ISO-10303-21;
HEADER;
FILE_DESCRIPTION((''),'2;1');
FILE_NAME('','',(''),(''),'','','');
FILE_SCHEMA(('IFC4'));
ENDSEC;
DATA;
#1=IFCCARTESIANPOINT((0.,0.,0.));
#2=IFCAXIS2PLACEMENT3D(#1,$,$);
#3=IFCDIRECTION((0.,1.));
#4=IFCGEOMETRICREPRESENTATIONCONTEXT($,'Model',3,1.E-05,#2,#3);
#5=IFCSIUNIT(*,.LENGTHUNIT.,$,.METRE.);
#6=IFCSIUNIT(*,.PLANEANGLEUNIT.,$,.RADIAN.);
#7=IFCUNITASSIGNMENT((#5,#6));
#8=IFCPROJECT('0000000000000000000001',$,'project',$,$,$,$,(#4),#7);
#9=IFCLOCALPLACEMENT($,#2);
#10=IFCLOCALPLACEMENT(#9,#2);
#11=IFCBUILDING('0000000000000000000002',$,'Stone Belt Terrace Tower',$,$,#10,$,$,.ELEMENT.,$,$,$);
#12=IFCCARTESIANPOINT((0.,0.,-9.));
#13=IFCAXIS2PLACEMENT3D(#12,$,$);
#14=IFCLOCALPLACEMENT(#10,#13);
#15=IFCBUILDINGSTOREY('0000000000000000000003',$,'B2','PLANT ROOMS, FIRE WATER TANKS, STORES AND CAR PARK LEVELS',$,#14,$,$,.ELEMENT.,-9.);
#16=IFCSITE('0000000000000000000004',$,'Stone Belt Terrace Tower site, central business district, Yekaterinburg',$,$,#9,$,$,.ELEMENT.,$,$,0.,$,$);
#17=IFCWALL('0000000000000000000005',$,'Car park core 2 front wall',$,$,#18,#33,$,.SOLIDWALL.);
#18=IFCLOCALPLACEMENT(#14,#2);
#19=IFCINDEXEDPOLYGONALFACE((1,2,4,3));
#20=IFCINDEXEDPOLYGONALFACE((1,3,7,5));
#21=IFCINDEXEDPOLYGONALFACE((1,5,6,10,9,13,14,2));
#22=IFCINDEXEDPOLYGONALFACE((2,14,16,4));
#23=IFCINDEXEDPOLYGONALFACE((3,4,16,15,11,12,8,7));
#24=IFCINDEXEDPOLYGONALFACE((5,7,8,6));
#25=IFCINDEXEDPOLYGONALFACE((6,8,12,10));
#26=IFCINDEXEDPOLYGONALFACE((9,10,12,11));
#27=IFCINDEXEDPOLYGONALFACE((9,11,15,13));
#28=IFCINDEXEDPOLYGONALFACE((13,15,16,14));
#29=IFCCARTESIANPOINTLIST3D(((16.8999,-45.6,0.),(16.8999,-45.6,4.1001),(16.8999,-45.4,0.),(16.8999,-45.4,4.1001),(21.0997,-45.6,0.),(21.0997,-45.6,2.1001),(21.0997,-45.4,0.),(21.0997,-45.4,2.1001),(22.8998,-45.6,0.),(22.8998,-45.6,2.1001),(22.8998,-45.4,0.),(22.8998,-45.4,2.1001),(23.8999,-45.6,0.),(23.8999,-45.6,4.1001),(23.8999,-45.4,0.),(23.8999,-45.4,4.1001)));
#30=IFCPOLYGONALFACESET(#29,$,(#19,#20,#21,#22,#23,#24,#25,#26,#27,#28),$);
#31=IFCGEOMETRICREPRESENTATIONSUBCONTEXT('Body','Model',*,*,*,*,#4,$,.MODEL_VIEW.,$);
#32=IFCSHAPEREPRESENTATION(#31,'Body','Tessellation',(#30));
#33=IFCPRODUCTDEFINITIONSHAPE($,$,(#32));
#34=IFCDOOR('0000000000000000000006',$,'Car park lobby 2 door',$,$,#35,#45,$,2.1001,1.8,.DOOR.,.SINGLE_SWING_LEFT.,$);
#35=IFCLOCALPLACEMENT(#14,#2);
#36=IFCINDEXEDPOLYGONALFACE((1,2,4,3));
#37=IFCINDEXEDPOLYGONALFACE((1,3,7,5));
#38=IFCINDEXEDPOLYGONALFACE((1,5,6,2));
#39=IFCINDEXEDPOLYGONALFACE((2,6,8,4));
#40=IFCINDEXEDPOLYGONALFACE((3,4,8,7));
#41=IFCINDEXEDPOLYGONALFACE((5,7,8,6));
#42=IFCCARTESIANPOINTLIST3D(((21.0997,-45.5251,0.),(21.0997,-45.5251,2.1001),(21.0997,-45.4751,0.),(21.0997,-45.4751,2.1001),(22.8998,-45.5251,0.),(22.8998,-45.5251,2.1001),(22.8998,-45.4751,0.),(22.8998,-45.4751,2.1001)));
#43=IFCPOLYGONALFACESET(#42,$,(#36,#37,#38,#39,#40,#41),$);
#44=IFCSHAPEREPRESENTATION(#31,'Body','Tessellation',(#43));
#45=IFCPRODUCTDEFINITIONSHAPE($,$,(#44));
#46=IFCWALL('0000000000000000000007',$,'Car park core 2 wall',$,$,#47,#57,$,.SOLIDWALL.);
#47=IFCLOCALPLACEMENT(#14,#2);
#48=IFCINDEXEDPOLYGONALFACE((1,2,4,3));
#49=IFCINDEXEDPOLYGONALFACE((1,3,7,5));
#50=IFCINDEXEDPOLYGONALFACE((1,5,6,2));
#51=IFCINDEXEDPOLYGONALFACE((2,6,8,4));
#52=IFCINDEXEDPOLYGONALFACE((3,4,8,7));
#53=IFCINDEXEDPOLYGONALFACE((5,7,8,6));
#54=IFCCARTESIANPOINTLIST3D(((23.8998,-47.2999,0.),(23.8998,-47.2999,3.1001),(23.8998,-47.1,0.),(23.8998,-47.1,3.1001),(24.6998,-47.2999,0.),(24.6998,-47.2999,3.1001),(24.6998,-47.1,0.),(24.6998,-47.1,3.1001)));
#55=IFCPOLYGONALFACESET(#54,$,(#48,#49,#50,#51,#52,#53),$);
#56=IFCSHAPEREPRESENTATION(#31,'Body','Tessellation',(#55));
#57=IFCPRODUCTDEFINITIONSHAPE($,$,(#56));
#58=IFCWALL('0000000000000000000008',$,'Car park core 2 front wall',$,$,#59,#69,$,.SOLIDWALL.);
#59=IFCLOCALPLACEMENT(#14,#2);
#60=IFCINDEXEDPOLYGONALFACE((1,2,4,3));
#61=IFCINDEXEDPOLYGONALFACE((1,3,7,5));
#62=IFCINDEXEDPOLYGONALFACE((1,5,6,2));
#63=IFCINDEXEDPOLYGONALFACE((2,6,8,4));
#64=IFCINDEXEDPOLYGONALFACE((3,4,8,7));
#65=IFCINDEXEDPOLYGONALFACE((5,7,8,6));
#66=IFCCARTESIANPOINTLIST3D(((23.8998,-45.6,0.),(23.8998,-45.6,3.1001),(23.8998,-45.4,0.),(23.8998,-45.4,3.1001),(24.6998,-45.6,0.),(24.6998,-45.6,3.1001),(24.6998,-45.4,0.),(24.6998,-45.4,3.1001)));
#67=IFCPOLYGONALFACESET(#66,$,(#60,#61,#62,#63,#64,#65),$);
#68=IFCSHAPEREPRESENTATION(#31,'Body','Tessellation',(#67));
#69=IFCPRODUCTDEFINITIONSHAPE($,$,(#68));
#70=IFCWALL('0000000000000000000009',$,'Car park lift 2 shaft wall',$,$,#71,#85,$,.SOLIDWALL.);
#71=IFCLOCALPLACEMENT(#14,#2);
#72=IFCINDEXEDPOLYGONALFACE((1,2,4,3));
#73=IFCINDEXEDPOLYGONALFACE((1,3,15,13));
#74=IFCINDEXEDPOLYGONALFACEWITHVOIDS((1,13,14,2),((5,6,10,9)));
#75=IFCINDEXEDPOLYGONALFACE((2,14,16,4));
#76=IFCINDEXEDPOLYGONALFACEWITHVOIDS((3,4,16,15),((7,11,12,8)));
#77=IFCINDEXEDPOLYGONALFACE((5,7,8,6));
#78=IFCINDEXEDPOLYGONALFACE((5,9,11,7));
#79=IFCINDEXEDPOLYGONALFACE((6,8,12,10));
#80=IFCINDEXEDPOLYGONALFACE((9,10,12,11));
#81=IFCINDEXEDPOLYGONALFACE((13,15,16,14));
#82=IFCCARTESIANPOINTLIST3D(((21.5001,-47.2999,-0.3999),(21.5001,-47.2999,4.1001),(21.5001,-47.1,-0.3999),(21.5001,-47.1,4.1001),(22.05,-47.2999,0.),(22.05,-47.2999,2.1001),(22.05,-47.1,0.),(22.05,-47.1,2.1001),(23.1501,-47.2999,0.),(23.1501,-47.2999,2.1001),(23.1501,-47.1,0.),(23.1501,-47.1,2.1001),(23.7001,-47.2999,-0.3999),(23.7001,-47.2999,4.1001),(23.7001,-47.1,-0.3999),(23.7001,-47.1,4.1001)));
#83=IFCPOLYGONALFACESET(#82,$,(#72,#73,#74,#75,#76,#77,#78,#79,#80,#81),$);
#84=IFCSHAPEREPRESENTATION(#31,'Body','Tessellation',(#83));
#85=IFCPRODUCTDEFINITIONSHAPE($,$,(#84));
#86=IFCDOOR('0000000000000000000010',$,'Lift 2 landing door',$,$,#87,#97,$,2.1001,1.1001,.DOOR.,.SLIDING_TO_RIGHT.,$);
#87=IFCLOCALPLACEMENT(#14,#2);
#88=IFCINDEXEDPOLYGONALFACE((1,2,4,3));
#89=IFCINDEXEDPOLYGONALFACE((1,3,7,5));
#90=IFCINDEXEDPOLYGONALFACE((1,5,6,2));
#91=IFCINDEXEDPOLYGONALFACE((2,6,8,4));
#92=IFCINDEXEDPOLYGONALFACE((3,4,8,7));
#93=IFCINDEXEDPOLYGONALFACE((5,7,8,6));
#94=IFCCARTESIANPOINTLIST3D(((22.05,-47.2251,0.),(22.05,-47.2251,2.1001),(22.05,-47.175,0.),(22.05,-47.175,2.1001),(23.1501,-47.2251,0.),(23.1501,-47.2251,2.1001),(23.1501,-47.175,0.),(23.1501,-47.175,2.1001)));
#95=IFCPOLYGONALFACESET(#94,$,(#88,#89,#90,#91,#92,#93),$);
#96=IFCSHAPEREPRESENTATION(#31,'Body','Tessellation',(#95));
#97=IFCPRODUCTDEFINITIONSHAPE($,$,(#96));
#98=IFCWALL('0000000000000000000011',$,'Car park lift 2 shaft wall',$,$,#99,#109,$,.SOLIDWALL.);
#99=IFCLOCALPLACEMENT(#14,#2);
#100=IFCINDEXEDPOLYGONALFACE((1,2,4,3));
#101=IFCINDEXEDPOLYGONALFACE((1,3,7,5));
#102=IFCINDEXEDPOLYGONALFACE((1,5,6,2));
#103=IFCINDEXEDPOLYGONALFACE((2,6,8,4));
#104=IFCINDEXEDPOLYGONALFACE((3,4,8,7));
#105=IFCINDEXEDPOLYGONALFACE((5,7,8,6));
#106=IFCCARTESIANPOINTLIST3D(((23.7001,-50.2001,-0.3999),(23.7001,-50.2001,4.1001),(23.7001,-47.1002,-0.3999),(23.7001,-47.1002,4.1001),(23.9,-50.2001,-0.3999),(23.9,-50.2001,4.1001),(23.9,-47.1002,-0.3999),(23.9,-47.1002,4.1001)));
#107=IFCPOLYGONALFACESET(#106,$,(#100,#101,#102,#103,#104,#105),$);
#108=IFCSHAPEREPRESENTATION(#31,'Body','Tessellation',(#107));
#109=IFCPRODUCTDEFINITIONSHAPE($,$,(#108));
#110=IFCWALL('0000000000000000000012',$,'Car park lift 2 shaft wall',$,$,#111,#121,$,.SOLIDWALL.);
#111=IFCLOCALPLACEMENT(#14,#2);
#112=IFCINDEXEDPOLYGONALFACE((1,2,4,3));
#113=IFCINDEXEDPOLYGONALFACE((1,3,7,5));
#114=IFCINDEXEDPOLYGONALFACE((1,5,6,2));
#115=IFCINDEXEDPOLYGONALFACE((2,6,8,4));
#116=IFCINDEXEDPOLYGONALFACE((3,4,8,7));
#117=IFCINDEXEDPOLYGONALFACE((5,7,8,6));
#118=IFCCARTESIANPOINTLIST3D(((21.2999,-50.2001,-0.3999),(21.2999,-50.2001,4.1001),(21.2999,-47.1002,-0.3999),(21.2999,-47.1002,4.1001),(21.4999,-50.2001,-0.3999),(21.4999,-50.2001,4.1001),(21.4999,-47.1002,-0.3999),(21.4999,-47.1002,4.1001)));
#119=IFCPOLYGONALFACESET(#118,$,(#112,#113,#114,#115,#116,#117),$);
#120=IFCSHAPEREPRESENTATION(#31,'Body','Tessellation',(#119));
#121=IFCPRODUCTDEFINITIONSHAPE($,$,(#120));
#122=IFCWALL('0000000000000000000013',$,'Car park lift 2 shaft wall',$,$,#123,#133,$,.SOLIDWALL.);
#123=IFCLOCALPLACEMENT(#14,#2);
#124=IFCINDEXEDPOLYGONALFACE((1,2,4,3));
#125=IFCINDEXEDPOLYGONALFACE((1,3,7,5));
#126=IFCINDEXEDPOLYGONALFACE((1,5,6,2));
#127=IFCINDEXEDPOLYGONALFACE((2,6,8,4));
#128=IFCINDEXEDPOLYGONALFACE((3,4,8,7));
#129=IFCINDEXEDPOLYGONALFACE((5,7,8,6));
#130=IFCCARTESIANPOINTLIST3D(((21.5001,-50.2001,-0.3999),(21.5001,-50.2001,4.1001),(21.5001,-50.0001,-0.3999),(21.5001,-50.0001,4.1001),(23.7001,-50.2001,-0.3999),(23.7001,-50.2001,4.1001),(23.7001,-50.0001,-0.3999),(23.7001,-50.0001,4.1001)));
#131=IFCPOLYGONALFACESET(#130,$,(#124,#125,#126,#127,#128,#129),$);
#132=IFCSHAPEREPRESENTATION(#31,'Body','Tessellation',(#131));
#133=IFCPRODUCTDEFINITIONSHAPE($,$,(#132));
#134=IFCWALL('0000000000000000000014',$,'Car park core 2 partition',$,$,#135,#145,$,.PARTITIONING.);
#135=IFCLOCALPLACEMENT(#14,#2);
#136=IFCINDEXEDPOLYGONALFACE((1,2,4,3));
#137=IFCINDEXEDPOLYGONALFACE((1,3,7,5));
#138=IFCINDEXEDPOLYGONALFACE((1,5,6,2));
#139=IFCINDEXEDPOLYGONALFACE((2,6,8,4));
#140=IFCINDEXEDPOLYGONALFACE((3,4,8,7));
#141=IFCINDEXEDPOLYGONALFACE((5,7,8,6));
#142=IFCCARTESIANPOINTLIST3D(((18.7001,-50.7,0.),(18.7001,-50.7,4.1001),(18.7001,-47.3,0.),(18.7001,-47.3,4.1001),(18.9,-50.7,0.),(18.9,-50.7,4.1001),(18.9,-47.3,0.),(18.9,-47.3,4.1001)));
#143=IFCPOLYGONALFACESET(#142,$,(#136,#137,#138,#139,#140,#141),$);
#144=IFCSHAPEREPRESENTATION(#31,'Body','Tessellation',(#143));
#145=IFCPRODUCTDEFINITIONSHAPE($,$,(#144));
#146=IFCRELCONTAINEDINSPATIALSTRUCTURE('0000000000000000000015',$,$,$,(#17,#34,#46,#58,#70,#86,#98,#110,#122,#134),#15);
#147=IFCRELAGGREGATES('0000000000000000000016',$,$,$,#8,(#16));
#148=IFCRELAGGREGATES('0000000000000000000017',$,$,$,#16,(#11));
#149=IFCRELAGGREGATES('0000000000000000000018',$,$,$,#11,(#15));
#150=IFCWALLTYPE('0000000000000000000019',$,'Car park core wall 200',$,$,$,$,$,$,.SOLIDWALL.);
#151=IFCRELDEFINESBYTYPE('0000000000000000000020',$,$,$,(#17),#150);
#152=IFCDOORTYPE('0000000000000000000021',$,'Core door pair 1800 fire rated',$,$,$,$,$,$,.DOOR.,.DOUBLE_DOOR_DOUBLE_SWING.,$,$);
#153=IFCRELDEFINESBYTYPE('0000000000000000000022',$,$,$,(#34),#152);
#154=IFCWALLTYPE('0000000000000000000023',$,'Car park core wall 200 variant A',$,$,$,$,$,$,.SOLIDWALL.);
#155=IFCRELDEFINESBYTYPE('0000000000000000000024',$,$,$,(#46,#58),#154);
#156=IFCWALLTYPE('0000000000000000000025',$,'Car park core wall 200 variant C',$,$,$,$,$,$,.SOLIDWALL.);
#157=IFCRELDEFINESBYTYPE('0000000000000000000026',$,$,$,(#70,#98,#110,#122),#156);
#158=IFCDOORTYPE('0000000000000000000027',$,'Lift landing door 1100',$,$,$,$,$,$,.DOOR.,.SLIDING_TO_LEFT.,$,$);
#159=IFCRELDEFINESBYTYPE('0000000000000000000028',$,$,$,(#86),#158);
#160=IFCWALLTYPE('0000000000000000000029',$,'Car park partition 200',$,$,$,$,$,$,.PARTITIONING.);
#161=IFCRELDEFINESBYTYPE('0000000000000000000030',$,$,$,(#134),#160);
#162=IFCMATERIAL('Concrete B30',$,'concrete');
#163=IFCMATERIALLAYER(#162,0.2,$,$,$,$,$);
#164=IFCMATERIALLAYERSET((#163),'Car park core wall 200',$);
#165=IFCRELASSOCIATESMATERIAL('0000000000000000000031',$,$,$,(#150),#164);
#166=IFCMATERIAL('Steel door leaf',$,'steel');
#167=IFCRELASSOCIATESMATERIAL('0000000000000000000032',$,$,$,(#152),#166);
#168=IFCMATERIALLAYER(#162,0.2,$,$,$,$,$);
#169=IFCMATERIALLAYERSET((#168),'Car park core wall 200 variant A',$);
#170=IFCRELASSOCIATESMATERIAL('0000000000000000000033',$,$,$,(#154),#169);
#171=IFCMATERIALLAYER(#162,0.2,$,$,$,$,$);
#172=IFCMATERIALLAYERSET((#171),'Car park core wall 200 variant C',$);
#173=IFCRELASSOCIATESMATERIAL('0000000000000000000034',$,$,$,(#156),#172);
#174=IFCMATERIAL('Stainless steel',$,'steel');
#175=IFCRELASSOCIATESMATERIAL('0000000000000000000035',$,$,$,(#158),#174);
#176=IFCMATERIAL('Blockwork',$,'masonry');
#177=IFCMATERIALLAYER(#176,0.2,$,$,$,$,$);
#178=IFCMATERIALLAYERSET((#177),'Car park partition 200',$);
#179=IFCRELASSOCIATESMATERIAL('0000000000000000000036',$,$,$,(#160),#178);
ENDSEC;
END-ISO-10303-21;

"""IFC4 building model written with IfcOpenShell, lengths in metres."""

from ifc_helpers import new_model, si_unit, direction, frame, frame_2d, origin, place, context, subcontext, project, spatial, rectangle, extrude, material, layer, layer_set, type_object, element, fill, save


model = new_model("IFC4")

# Units and contexts
model_context = context("Model", 3, precision=1e-05, world=origin(), true_north=direction((0.0, 1.0)))
body_context = subcontext(model_context, "Body", "Model", "MODEL_VIEW")
ifc_project = project(units=[si_unit("LENGTHUNIT", "METRE"), si_unit("PLANEANGLEUNIT", "RADIAN")], contexts=[model_context])

# Site, building, storey
site_placement = place(None, origin())
site = spatial("IfcSite", under=ifc_project, at=site_placement, Name="Stone Belt Terrace Tower site, central business district, Yekaterinburg", CompositionType="ELEMENT", RefElevation=0.0)
building_placement = place(site_placement, origin())
building = spatial("IfcBuilding", under=site, at=building_placement, Name="Stone Belt Terrace Tower", CompositionType="ELEMENT")
storey_placement = place(building_placement, frame((0.0, 0.0, -9.0)))
storey = spatial("IfcBuildingStorey", under=building, at=storey_placement, Name="B2", Description="PLANT ROOMS, FIRE WATER TANKS, STORES AND CAR PARK LEVELS", CompositionType="ELEMENT", Elevation=-9.0)

# Shared definitions
ifc_material_1 = material(Name="Concrete B30", Category="concrete")
ifc_layer_1 = layer(ifc_material_1, 0.2)
ifc_layer_set_1 = layer_set([ifc_layer_1], Name="Car park core wall 200")
wall_type_1 = type_object("IfcWallType", Name="Car park core wall 200", PredefinedType="SOLIDWALL", material=ifc_layer_set_1)
ifc_material_2 = material(Name="Steel door leaf", Category="steel")

# Wall, opening, door
wall_1_placement = place(storey_placement, frame((16.8999, -45.5, 0.0), z_axis=(0.0, 0.0, 1.0), x_axis=(1.0, 0.0, 0.0)))
wall_1 = element("IfcWall", 1, at=wall_1_placement, inside=storey, type_object=wall_type_1, Name="Car park core 2 front wall", PredefinedType="SOLIDWALL", context=body_context, shape_type="SweptSolid", body=[
    extrude(rectangle(XDim=7.0, YDim=0.2, at=frame_2d((3.5, 0.0))), origin(), (0.0, 0.0, 1.0), 4.1001),
])
opening_1_placement = place(wall_1_placement, frame((4.2, 0.0, 0.0)))
opening_1 = element("IfcOpeningElement", 2, at=opening_1_placement, cuts=wall_1, PredefinedType="OPENING", context=body_context, shape_type="SweptSolid", body=[
    extrude(rectangle(XDim=1.8, YDim=2.1001, at=frame_2d((0.8999, 1.05))), frame((0.0, 0.1099, 0.0), z_axis=(0.0, -1.0, 0.0), x_axis=(1.0, 0.0, 0.0)), (0.0, 0.0, 1.0), 0.22),
])
door_type_1 = type_object("IfcDoorType", Name="Core door pair 1800 fire rated", OperationType="DOUBLE_DOOR_DOUBLE_SWING", PredefinedType="DOOR", material=ifc_material_2)
door_1_placement = place(opening_1_placement, origin())
door_1 = element("IfcDoor", 3, at=door_1_placement, inside=storey, type_object=door_type_1, Name="Car park lobby 2 door", OperationType="SINGLE_SWING_LEFT", OverallHeight=2.1001, OverallWidth=1.8, PredefinedType="DOOR", context=body_context, shape_type="SweptSolid", body=[
    extrude(rectangle(XDim=1.8, YDim=2.1001, at=frame_2d((0.8999, 1.05))), frame((0.0, 0.0249, 0.0), z_axis=(0.0, -1.0, 0.0), x_axis=(1.0, 0.0, 0.0)), (0.0, 0.0, 1.0), 0.05),
])
fill(opening_1, door_1)

# Walls
ifc_layer_2 = layer(ifc_material_1, 0.2)
ifc_layer_set_2 = layer_set([ifc_layer_2], Name="Car park core wall 200 variant A")
wall_type_2 = type_object("IfcWallType", Name="Car park core wall 200 variant A", PredefinedType="SOLIDWALL", material=ifc_layer_set_2)
for number, where, z_axis, x_axis, name in (
    (4, (23.8999, -47.2, 0.0), (0.0, 0.0, 1.0), (1.0, 0.0, 0.0), "Car park core 2 wall"),
    (5, (23.8999, -45.5, 0.0), (0.0, 0.0, 1.0), (1.0, 0.0, 0.0), "Car park core 2 front wall"),
):
    element("IfcWall", number, at=place(storey_placement, frame(where, z_axis=z_axis, x_axis=x_axis)), inside=storey, type_object=wall_type_2, Name=name, PredefinedType="SOLIDWALL", context=body_context, shape_type="SweptSolid", body=[
        extrude(rectangle(XDim=0.8, YDim=0.2, at=frame_2d((0.3999, 0.0))), origin(), (0.0, 0.0, 1.0), 3.1001),
    ])

# Wall, opening, door
ifc_layer_3 = layer(ifc_material_1, 0.2)
ifc_layer_set_3 = layer_set([ifc_layer_3], Name="Car park core wall 200 variant C")
wall_type_3 = type_object("IfcWallType", Name="Car park core wall 200 variant C", PredefinedType="SOLIDWALL", material=ifc_layer_set_3)
wall_2_placement = place(storey_placement, frame((21.5, -47.2, -0.3999), z_axis=(0.0, 0.0, 1.0), x_axis=(1.0, 0.0, 0.0)))
wall_2 = element("IfcWall", 6, at=wall_2_placement, inside=storey, type_object=wall_type_3, Name="Car park lift 2 shaft wall", PredefinedType="SOLIDWALL", context=body_context, shape_type="SweptSolid", body=[
    extrude(rectangle(XDim=2.2, YDim=0.2, at=frame_2d((1.1001, 0.0))), origin(), (0.0, 0.0, 1.0), 4.5),
])
opening_2_placement = place(wall_2_placement, frame((0.55, 0.0, 0.3999)))
opening_2 = element("IfcOpeningElement", 7, at=opening_2_placement, cuts=wall_2, PredefinedType="OPENING", context=body_context, shape_type="SweptSolid", body=[
    extrude(rectangle(XDim=1.1001, YDim=2.1001, at=frame_2d((0.55, 1.05))), frame((0.0, 0.1099, 0.0), z_axis=(0.0, -1.0, 0.0), x_axis=(1.0, 0.0, 0.0)), (0.0, 0.0, 1.0), 0.22),
])
ifc_material_3 = material(Name="Stainless steel", Category="steel")
door_type_2 = type_object("IfcDoorType", Name="Lift landing door 1100", OperationType="SLIDING_TO_LEFT", PredefinedType="DOOR", material=ifc_material_3)
door_2_placement = place(opening_2_placement, origin())
door_2 = element("IfcDoor", 8, at=door_2_placement, inside=storey, type_object=door_type_2, Name="Lift 2 landing door", OperationType="SLIDING_TO_RIGHT", OverallHeight=2.1001, OverallWidth=1.1001, PredefinedType="DOOR", context=body_context, shape_type="SweptSolid", body=[
    extrude(rectangle(XDim=1.1001, YDim=2.1001, at=frame_2d((0.55, 1.05))), frame((0.0, 0.0249, 0.0), z_axis=(0.0, -1.0, 0.0), x_axis=(1.0, 0.0, 0.0)), (0.0, 0.0, 1.0), 0.05),
])
fill(opening_2, door_2)

# Walls
for number, where, z_axis, x_axis, name in (
    (9, (23.8, -50.2, -0.3999), (0.0, 0.0, 1.0), (0.0, 1.0, 0.0), "Car park lift 2 shaft wall"),
    (10, (21.3999, -50.2, -0.3999), (0.0, 0.0, 1.0), (0.0, 1.0, 0.0), "Car park lift 2 shaft wall"),
):
    element("IfcWall", number, at=place(storey_placement, frame(where, z_axis=z_axis, x_axis=x_axis)), inside=storey, type_object=wall_type_3, Name=name, PredefinedType="SOLIDWALL", context=body_context, shape_type="SweptSolid", body=[
        extrude(rectangle(XDim=3.0999, YDim=0.2, at=frame_2d((1.5498, 0.0))), origin(), (0.0, 0.0, 1.0), 4.5),
    ])
wall_3_placement = place(storey_placement, frame((21.5, -50.1001, -0.3999), z_axis=(0.0, 0.0, 1.0), x_axis=(1.0, 0.0, 0.0)))
element("IfcWall", 11, at=wall_3_placement, inside=storey, type_object=wall_type_3, Name="Car park lift 2 shaft wall", PredefinedType="SOLIDWALL", context=body_context, shape_type="SweptSolid", body=[
    extrude(rectangle(XDim=2.2, YDim=0.2, at=frame_2d((1.1001, 0.0))), origin(), (0.0, 0.0, 1.0), 4.5),
])
ifc_material_4 = material(Name="Blockwork", Category="masonry")
ifc_layer_4 = layer(ifc_material_4, 0.2)
ifc_layer_set_4 = layer_set([ifc_layer_4], Name="Car park partition 200")
wall_type_4 = type_object("IfcWallType", Name="Car park partition 200", PredefinedType="PARTITIONING", material=ifc_layer_set_4)
wall_4_placement = place(storey_placement, frame((18.8, -50.7, 0.0), z_axis=(0.0, 0.0, 1.0), x_axis=(0.0, 1.0, 0.0)))
element("IfcWall", 12, at=wall_4_placement, inside=storey, type_object=wall_type_4, Name="Car park core 2 partition", PredefinedType="PARTITIONING", context=body_context, shape_type="SweptSolid", body=[
    extrude(rectangle(XDim=3.3999, YDim=0.2, at=frame_2d((1.7, 0.0))), origin(), (0.0, 0.0, 1.0), 4.1001),
])

save(model, "model.ifc")
